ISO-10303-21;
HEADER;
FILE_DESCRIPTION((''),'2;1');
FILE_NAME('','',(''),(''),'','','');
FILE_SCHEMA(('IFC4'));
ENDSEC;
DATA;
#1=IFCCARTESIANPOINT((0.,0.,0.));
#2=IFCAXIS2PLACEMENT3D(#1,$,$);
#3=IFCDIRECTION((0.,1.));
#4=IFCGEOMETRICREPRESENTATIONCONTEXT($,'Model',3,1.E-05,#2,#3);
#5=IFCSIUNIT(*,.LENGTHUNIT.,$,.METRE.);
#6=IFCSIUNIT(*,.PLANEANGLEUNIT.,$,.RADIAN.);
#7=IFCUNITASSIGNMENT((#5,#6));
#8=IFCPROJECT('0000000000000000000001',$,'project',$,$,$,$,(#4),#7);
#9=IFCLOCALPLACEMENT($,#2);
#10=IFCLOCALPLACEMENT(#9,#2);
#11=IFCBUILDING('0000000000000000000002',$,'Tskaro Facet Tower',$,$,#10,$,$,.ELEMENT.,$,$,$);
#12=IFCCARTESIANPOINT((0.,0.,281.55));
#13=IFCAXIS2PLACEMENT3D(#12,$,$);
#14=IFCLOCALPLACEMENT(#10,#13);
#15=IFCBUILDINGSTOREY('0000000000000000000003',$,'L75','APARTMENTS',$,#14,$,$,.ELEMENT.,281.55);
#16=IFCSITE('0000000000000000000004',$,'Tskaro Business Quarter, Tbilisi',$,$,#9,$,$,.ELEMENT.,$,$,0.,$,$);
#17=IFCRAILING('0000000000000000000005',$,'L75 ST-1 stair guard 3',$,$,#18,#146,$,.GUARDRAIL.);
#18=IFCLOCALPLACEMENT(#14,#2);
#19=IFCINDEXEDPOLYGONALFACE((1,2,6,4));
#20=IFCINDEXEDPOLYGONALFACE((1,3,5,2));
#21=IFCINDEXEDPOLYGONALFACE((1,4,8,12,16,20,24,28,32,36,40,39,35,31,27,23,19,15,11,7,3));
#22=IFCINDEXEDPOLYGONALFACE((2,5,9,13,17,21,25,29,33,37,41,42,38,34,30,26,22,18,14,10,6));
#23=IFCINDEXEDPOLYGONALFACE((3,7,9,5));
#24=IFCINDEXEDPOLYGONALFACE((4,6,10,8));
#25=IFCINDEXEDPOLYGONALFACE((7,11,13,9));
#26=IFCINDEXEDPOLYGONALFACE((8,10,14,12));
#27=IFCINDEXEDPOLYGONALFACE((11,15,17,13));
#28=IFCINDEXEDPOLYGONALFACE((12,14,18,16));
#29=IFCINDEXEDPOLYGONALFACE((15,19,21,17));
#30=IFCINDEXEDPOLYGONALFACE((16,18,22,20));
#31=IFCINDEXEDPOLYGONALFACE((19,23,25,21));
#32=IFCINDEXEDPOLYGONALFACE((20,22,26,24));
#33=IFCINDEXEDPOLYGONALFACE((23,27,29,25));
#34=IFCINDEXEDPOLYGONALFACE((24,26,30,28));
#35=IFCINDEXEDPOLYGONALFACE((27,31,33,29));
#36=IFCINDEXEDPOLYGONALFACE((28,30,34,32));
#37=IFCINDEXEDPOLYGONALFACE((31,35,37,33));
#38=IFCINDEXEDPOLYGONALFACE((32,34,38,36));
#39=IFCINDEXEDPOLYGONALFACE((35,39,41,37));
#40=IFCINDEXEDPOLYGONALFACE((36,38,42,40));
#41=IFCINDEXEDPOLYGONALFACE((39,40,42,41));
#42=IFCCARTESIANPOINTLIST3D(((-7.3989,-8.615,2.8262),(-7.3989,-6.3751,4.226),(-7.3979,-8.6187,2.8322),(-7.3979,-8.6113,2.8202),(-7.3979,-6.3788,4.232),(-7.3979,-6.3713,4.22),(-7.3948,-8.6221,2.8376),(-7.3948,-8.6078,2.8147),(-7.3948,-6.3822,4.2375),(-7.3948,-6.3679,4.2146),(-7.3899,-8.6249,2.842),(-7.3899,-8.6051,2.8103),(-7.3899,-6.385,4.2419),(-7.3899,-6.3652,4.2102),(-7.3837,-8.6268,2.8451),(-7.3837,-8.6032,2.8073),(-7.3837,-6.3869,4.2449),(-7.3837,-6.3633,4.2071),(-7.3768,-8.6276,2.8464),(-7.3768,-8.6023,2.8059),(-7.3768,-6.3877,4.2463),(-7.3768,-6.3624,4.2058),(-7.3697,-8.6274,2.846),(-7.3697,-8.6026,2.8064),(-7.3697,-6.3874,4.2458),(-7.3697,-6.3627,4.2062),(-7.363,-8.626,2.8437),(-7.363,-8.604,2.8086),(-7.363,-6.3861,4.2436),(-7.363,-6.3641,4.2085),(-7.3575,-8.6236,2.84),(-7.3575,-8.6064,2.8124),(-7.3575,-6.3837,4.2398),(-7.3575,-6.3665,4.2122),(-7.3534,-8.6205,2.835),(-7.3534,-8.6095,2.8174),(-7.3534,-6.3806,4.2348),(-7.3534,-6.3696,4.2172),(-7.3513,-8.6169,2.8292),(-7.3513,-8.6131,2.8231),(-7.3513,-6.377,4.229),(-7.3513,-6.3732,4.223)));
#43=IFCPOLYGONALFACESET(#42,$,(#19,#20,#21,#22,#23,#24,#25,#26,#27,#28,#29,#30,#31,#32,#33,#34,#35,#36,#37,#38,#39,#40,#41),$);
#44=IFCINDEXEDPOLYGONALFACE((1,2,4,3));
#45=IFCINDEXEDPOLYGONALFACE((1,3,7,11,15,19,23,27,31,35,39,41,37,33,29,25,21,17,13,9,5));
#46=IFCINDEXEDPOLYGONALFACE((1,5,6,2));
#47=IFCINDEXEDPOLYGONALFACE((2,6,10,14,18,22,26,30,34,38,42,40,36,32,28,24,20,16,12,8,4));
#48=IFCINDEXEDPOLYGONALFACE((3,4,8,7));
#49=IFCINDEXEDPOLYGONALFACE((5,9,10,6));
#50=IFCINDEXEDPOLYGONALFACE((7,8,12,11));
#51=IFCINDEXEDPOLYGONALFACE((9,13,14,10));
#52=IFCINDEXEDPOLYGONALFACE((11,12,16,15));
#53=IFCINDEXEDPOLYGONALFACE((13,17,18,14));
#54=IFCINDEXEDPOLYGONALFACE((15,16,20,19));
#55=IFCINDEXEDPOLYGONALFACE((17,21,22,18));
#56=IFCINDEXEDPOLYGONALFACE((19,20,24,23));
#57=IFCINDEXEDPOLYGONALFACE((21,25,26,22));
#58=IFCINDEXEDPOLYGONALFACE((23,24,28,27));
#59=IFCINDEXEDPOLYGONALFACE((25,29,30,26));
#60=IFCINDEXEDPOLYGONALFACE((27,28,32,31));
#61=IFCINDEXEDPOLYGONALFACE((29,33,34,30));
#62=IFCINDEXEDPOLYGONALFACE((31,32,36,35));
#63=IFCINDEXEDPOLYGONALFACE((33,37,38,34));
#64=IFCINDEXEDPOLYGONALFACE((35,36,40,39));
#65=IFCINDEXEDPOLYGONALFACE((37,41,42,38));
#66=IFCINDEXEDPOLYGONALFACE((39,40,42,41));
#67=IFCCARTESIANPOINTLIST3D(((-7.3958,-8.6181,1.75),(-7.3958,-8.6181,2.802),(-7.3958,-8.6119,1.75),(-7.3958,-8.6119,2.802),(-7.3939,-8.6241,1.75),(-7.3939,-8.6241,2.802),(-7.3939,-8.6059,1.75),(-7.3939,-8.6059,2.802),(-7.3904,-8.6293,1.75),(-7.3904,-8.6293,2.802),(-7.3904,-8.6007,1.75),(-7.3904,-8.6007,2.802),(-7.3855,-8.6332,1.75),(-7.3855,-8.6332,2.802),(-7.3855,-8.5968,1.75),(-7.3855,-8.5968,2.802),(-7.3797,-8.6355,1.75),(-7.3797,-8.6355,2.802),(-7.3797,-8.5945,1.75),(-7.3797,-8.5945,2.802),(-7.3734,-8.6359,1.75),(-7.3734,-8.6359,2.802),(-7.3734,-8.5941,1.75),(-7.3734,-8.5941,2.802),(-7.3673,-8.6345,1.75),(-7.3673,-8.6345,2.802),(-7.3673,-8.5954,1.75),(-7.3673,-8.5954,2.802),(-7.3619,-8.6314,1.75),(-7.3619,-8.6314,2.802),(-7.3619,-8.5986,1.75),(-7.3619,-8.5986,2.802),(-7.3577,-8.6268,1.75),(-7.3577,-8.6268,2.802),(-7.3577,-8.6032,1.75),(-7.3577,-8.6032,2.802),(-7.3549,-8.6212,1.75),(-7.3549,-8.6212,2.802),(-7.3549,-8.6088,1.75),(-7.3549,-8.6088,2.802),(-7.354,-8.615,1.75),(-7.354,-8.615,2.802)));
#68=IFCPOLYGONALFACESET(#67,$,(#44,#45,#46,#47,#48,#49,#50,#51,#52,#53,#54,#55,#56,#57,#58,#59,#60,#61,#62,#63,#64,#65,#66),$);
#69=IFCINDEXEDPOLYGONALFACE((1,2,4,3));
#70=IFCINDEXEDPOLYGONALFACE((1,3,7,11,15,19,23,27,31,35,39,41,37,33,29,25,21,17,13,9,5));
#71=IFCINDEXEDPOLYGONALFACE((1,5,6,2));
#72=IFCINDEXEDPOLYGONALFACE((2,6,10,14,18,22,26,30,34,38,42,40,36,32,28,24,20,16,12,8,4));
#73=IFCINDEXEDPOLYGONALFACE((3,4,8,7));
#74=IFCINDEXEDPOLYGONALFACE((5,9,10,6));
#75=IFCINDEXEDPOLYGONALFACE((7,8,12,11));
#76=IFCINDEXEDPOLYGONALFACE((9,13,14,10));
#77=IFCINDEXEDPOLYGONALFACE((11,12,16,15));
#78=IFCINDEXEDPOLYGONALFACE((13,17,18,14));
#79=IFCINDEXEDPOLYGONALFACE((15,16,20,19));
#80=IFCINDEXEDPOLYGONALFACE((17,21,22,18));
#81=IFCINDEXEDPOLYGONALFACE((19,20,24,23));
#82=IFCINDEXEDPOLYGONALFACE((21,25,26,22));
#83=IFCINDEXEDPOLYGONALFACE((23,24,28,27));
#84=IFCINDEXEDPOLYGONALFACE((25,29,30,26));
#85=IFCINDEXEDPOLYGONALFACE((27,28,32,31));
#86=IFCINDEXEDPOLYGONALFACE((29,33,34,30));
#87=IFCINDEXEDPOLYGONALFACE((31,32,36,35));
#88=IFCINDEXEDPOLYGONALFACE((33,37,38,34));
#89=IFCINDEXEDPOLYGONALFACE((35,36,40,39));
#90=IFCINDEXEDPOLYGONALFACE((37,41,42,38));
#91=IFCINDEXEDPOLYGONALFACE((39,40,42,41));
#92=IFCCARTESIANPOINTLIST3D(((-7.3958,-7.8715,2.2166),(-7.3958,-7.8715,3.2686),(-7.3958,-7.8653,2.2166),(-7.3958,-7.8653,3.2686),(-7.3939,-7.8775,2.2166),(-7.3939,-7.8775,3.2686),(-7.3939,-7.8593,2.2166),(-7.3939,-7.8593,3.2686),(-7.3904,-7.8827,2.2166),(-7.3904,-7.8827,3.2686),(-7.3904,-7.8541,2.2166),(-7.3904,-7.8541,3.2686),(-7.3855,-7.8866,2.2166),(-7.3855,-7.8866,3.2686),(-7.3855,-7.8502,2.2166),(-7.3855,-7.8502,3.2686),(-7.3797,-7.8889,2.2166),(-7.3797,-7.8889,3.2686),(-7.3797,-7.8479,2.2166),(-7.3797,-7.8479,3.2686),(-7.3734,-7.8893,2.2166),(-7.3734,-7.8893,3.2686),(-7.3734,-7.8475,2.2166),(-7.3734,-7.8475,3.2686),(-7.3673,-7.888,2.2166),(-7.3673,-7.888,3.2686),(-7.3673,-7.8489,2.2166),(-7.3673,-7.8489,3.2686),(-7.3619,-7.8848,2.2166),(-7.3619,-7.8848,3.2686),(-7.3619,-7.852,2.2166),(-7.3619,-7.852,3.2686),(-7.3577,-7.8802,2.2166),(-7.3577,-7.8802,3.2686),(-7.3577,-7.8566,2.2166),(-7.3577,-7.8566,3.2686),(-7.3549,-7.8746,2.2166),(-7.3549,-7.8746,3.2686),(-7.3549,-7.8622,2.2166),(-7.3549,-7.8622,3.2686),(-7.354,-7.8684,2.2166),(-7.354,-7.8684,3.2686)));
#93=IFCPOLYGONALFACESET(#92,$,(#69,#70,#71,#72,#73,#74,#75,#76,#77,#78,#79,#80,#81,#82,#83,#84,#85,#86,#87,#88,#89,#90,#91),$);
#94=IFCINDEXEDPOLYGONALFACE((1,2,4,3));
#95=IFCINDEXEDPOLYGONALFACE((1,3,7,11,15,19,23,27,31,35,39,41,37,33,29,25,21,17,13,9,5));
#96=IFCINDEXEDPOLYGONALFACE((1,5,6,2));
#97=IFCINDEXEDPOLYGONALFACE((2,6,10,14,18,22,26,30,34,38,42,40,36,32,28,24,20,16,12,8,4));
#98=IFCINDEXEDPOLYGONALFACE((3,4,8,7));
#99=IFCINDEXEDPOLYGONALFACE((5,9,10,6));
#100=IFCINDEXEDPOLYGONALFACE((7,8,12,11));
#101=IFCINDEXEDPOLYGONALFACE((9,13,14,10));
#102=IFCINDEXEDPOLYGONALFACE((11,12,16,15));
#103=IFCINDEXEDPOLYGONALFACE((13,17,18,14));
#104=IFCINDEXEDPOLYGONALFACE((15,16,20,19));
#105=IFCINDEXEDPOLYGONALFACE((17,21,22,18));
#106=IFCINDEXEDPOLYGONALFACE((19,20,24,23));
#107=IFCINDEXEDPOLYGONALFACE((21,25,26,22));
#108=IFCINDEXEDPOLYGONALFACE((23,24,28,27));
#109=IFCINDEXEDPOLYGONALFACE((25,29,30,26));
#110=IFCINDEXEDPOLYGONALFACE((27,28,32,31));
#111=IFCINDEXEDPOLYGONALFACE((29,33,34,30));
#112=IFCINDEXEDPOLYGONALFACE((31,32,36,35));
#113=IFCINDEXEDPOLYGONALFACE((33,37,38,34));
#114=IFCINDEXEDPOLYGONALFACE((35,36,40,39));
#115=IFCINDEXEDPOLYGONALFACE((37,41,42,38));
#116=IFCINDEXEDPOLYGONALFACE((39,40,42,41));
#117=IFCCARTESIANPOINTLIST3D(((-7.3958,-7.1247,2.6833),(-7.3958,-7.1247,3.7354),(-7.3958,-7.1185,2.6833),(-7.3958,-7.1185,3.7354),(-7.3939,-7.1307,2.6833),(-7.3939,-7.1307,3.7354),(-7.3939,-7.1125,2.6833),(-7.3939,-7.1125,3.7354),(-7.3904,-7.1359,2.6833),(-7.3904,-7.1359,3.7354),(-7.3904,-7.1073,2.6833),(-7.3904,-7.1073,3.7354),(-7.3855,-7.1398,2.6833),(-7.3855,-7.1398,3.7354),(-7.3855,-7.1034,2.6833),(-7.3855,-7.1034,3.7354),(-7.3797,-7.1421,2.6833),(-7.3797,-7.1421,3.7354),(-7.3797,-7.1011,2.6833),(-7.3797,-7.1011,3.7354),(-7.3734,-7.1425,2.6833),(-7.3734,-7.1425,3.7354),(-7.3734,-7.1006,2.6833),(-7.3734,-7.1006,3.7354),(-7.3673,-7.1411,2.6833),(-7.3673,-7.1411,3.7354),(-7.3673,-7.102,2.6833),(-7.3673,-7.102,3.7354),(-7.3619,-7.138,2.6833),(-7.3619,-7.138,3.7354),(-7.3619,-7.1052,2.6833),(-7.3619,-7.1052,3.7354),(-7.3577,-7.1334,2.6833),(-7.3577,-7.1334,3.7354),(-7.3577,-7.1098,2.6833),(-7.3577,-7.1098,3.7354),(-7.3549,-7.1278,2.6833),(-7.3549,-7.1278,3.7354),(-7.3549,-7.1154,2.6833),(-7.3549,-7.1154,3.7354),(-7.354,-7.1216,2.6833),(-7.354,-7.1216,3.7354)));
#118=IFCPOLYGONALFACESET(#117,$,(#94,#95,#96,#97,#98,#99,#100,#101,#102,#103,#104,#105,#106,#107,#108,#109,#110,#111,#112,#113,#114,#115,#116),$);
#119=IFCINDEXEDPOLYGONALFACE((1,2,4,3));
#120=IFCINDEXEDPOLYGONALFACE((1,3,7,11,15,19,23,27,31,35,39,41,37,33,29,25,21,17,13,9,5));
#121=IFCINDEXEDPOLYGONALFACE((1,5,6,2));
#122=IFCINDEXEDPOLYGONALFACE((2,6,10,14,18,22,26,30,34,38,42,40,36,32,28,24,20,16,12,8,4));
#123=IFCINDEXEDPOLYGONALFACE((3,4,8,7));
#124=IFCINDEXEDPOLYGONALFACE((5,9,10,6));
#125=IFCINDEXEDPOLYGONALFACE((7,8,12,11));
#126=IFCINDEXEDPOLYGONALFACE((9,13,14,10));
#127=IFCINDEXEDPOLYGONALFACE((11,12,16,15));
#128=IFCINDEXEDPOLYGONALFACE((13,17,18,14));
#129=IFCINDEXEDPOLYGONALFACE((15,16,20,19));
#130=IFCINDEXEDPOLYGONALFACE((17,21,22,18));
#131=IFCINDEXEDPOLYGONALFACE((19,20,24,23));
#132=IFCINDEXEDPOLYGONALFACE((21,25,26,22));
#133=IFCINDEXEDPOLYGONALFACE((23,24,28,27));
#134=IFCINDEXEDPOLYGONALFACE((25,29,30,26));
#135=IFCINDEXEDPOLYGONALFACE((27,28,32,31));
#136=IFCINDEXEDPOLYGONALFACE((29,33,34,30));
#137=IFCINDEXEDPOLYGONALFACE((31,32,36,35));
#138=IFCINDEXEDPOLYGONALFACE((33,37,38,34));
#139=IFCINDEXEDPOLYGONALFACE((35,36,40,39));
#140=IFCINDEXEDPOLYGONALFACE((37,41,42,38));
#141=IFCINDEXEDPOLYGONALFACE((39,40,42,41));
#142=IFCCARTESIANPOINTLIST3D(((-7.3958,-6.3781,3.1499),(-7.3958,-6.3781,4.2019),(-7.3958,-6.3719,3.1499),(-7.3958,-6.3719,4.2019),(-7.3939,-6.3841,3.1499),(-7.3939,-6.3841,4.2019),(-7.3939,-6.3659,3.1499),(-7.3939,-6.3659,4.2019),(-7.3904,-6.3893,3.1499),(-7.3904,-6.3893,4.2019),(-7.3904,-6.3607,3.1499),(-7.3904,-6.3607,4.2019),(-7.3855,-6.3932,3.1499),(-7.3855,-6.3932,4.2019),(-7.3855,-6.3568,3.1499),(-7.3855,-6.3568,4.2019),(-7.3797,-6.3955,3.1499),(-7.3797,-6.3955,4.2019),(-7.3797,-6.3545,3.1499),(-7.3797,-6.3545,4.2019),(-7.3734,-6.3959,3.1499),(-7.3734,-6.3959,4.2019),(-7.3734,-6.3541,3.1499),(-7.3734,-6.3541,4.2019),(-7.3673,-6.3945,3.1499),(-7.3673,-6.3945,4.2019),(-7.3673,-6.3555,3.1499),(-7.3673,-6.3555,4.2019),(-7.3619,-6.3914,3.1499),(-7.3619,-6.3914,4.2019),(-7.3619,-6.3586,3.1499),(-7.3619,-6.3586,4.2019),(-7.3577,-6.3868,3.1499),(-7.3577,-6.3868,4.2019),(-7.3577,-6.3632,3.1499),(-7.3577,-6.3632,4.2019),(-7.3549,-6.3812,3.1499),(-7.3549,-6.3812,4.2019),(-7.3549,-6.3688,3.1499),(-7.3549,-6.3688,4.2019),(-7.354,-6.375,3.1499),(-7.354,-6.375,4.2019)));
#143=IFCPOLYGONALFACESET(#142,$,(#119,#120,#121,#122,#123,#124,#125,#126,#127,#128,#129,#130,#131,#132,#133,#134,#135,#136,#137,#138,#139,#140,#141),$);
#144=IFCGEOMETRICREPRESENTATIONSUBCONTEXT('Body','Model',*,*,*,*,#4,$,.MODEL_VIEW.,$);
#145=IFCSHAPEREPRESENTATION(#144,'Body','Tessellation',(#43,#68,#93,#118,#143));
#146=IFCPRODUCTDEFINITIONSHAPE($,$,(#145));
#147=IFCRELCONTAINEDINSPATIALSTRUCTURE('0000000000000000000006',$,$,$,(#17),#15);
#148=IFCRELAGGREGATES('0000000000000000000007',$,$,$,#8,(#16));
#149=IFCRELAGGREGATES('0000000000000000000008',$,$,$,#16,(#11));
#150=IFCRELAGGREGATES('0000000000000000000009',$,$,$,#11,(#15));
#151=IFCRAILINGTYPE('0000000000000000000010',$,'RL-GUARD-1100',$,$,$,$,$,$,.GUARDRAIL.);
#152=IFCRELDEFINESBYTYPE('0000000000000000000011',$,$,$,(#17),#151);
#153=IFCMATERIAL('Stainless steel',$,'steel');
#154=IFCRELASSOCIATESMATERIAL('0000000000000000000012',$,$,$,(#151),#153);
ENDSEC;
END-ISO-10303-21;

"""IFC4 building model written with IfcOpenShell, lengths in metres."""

from ifc_helpers import new_model, si_unit, direction, frame, origin, origin_2d, place, context, subcontext, project, spatial, circle, extrude, material, type_object, element, save


model = new_model("IFC4")

# Units and contexts
model_context = context("Model", 3, precision=1e-05, world=origin(), true_north=direction((0.0, 1.0)))
body_context = subcontext(model_context, "Body", "Model", "MODEL_VIEW")
ifc_project = project(units=[si_unit("LENGTHUNIT", "METRE"), si_unit("PLANEANGLEUNIT", "RADIAN")], contexts=[model_context])

# Site, building, storey
site_placement = place(None, origin())
site = spatial("IfcSite", under=ifc_project, at=site_placement, Name="Tskaro Business Quarter, Tbilisi", CompositionType="ELEMENT", RefElevation=0.0)
building_placement = place(site_placement, origin())
building = spatial("IfcBuilding", under=site, at=building_placement, Name="Tskaro Facet Tower", CompositionType="ELEMENT")
storey_placement = place(building_placement, frame((0.0, 0.0, 281.55)))
storey = spatial("IfcBuildingStorey", under=building, at=storey_placement, Name="L75", Description="APARTMENTS", CompositionType="ELEMENT", Elevation=281.55)

# Shared definitions
ifc_material_1 = material(Name="Stainless steel", Category="steel")

# Railing
railing_type_1 = type_object("IfcRailingType", Name="RL-GUARD-1100", PredefinedType="GUARDRAIL", material=ifc_material_1)
railing_1_placement = place(storey_placement, frame((-7.375, -8.615, 1.75)))
element("IfcRailing", 1, at=railing_1_placement, inside=storey, type_object=railing_type_1, Name="L75 ST-1 stair guard 3", PredefinedType="GUARDRAIL", context=body_context, shape_type="SweptSolid", body=[
    extrude(circle(Radius=0.0239, at=origin_2d()), frame((0.0, 0.0, 1.0762), z_axis=(0.0, 0.848014, 0.529974), x_axis=(-1.0, 0.0, 0.0)), (0.0, 0.0, 1.0), 2.6414),
    extrude(circle(Radius=0.021, at=origin_2d()), origin(), (0.0, 0.0, 1.0), 1.052),
    extrude(circle(Radius=0.021, at=origin_2d()), frame((0.0, 0.7466, 0.4666)), (0.0, 0.0, 1.0), 1.052),
    extrude(circle(Radius=0.021, at=origin_2d()), frame((0.0, 1.4934, 0.9333)), (0.0, 0.0, 1.0), 1.052),
    extrude(circle(Radius=0.021, at=origin_2d()), frame((0.0, 2.24, 1.3999)), (0.0, 0.0, 1.0), 1.052),
])

save(model, "model.ifc")
